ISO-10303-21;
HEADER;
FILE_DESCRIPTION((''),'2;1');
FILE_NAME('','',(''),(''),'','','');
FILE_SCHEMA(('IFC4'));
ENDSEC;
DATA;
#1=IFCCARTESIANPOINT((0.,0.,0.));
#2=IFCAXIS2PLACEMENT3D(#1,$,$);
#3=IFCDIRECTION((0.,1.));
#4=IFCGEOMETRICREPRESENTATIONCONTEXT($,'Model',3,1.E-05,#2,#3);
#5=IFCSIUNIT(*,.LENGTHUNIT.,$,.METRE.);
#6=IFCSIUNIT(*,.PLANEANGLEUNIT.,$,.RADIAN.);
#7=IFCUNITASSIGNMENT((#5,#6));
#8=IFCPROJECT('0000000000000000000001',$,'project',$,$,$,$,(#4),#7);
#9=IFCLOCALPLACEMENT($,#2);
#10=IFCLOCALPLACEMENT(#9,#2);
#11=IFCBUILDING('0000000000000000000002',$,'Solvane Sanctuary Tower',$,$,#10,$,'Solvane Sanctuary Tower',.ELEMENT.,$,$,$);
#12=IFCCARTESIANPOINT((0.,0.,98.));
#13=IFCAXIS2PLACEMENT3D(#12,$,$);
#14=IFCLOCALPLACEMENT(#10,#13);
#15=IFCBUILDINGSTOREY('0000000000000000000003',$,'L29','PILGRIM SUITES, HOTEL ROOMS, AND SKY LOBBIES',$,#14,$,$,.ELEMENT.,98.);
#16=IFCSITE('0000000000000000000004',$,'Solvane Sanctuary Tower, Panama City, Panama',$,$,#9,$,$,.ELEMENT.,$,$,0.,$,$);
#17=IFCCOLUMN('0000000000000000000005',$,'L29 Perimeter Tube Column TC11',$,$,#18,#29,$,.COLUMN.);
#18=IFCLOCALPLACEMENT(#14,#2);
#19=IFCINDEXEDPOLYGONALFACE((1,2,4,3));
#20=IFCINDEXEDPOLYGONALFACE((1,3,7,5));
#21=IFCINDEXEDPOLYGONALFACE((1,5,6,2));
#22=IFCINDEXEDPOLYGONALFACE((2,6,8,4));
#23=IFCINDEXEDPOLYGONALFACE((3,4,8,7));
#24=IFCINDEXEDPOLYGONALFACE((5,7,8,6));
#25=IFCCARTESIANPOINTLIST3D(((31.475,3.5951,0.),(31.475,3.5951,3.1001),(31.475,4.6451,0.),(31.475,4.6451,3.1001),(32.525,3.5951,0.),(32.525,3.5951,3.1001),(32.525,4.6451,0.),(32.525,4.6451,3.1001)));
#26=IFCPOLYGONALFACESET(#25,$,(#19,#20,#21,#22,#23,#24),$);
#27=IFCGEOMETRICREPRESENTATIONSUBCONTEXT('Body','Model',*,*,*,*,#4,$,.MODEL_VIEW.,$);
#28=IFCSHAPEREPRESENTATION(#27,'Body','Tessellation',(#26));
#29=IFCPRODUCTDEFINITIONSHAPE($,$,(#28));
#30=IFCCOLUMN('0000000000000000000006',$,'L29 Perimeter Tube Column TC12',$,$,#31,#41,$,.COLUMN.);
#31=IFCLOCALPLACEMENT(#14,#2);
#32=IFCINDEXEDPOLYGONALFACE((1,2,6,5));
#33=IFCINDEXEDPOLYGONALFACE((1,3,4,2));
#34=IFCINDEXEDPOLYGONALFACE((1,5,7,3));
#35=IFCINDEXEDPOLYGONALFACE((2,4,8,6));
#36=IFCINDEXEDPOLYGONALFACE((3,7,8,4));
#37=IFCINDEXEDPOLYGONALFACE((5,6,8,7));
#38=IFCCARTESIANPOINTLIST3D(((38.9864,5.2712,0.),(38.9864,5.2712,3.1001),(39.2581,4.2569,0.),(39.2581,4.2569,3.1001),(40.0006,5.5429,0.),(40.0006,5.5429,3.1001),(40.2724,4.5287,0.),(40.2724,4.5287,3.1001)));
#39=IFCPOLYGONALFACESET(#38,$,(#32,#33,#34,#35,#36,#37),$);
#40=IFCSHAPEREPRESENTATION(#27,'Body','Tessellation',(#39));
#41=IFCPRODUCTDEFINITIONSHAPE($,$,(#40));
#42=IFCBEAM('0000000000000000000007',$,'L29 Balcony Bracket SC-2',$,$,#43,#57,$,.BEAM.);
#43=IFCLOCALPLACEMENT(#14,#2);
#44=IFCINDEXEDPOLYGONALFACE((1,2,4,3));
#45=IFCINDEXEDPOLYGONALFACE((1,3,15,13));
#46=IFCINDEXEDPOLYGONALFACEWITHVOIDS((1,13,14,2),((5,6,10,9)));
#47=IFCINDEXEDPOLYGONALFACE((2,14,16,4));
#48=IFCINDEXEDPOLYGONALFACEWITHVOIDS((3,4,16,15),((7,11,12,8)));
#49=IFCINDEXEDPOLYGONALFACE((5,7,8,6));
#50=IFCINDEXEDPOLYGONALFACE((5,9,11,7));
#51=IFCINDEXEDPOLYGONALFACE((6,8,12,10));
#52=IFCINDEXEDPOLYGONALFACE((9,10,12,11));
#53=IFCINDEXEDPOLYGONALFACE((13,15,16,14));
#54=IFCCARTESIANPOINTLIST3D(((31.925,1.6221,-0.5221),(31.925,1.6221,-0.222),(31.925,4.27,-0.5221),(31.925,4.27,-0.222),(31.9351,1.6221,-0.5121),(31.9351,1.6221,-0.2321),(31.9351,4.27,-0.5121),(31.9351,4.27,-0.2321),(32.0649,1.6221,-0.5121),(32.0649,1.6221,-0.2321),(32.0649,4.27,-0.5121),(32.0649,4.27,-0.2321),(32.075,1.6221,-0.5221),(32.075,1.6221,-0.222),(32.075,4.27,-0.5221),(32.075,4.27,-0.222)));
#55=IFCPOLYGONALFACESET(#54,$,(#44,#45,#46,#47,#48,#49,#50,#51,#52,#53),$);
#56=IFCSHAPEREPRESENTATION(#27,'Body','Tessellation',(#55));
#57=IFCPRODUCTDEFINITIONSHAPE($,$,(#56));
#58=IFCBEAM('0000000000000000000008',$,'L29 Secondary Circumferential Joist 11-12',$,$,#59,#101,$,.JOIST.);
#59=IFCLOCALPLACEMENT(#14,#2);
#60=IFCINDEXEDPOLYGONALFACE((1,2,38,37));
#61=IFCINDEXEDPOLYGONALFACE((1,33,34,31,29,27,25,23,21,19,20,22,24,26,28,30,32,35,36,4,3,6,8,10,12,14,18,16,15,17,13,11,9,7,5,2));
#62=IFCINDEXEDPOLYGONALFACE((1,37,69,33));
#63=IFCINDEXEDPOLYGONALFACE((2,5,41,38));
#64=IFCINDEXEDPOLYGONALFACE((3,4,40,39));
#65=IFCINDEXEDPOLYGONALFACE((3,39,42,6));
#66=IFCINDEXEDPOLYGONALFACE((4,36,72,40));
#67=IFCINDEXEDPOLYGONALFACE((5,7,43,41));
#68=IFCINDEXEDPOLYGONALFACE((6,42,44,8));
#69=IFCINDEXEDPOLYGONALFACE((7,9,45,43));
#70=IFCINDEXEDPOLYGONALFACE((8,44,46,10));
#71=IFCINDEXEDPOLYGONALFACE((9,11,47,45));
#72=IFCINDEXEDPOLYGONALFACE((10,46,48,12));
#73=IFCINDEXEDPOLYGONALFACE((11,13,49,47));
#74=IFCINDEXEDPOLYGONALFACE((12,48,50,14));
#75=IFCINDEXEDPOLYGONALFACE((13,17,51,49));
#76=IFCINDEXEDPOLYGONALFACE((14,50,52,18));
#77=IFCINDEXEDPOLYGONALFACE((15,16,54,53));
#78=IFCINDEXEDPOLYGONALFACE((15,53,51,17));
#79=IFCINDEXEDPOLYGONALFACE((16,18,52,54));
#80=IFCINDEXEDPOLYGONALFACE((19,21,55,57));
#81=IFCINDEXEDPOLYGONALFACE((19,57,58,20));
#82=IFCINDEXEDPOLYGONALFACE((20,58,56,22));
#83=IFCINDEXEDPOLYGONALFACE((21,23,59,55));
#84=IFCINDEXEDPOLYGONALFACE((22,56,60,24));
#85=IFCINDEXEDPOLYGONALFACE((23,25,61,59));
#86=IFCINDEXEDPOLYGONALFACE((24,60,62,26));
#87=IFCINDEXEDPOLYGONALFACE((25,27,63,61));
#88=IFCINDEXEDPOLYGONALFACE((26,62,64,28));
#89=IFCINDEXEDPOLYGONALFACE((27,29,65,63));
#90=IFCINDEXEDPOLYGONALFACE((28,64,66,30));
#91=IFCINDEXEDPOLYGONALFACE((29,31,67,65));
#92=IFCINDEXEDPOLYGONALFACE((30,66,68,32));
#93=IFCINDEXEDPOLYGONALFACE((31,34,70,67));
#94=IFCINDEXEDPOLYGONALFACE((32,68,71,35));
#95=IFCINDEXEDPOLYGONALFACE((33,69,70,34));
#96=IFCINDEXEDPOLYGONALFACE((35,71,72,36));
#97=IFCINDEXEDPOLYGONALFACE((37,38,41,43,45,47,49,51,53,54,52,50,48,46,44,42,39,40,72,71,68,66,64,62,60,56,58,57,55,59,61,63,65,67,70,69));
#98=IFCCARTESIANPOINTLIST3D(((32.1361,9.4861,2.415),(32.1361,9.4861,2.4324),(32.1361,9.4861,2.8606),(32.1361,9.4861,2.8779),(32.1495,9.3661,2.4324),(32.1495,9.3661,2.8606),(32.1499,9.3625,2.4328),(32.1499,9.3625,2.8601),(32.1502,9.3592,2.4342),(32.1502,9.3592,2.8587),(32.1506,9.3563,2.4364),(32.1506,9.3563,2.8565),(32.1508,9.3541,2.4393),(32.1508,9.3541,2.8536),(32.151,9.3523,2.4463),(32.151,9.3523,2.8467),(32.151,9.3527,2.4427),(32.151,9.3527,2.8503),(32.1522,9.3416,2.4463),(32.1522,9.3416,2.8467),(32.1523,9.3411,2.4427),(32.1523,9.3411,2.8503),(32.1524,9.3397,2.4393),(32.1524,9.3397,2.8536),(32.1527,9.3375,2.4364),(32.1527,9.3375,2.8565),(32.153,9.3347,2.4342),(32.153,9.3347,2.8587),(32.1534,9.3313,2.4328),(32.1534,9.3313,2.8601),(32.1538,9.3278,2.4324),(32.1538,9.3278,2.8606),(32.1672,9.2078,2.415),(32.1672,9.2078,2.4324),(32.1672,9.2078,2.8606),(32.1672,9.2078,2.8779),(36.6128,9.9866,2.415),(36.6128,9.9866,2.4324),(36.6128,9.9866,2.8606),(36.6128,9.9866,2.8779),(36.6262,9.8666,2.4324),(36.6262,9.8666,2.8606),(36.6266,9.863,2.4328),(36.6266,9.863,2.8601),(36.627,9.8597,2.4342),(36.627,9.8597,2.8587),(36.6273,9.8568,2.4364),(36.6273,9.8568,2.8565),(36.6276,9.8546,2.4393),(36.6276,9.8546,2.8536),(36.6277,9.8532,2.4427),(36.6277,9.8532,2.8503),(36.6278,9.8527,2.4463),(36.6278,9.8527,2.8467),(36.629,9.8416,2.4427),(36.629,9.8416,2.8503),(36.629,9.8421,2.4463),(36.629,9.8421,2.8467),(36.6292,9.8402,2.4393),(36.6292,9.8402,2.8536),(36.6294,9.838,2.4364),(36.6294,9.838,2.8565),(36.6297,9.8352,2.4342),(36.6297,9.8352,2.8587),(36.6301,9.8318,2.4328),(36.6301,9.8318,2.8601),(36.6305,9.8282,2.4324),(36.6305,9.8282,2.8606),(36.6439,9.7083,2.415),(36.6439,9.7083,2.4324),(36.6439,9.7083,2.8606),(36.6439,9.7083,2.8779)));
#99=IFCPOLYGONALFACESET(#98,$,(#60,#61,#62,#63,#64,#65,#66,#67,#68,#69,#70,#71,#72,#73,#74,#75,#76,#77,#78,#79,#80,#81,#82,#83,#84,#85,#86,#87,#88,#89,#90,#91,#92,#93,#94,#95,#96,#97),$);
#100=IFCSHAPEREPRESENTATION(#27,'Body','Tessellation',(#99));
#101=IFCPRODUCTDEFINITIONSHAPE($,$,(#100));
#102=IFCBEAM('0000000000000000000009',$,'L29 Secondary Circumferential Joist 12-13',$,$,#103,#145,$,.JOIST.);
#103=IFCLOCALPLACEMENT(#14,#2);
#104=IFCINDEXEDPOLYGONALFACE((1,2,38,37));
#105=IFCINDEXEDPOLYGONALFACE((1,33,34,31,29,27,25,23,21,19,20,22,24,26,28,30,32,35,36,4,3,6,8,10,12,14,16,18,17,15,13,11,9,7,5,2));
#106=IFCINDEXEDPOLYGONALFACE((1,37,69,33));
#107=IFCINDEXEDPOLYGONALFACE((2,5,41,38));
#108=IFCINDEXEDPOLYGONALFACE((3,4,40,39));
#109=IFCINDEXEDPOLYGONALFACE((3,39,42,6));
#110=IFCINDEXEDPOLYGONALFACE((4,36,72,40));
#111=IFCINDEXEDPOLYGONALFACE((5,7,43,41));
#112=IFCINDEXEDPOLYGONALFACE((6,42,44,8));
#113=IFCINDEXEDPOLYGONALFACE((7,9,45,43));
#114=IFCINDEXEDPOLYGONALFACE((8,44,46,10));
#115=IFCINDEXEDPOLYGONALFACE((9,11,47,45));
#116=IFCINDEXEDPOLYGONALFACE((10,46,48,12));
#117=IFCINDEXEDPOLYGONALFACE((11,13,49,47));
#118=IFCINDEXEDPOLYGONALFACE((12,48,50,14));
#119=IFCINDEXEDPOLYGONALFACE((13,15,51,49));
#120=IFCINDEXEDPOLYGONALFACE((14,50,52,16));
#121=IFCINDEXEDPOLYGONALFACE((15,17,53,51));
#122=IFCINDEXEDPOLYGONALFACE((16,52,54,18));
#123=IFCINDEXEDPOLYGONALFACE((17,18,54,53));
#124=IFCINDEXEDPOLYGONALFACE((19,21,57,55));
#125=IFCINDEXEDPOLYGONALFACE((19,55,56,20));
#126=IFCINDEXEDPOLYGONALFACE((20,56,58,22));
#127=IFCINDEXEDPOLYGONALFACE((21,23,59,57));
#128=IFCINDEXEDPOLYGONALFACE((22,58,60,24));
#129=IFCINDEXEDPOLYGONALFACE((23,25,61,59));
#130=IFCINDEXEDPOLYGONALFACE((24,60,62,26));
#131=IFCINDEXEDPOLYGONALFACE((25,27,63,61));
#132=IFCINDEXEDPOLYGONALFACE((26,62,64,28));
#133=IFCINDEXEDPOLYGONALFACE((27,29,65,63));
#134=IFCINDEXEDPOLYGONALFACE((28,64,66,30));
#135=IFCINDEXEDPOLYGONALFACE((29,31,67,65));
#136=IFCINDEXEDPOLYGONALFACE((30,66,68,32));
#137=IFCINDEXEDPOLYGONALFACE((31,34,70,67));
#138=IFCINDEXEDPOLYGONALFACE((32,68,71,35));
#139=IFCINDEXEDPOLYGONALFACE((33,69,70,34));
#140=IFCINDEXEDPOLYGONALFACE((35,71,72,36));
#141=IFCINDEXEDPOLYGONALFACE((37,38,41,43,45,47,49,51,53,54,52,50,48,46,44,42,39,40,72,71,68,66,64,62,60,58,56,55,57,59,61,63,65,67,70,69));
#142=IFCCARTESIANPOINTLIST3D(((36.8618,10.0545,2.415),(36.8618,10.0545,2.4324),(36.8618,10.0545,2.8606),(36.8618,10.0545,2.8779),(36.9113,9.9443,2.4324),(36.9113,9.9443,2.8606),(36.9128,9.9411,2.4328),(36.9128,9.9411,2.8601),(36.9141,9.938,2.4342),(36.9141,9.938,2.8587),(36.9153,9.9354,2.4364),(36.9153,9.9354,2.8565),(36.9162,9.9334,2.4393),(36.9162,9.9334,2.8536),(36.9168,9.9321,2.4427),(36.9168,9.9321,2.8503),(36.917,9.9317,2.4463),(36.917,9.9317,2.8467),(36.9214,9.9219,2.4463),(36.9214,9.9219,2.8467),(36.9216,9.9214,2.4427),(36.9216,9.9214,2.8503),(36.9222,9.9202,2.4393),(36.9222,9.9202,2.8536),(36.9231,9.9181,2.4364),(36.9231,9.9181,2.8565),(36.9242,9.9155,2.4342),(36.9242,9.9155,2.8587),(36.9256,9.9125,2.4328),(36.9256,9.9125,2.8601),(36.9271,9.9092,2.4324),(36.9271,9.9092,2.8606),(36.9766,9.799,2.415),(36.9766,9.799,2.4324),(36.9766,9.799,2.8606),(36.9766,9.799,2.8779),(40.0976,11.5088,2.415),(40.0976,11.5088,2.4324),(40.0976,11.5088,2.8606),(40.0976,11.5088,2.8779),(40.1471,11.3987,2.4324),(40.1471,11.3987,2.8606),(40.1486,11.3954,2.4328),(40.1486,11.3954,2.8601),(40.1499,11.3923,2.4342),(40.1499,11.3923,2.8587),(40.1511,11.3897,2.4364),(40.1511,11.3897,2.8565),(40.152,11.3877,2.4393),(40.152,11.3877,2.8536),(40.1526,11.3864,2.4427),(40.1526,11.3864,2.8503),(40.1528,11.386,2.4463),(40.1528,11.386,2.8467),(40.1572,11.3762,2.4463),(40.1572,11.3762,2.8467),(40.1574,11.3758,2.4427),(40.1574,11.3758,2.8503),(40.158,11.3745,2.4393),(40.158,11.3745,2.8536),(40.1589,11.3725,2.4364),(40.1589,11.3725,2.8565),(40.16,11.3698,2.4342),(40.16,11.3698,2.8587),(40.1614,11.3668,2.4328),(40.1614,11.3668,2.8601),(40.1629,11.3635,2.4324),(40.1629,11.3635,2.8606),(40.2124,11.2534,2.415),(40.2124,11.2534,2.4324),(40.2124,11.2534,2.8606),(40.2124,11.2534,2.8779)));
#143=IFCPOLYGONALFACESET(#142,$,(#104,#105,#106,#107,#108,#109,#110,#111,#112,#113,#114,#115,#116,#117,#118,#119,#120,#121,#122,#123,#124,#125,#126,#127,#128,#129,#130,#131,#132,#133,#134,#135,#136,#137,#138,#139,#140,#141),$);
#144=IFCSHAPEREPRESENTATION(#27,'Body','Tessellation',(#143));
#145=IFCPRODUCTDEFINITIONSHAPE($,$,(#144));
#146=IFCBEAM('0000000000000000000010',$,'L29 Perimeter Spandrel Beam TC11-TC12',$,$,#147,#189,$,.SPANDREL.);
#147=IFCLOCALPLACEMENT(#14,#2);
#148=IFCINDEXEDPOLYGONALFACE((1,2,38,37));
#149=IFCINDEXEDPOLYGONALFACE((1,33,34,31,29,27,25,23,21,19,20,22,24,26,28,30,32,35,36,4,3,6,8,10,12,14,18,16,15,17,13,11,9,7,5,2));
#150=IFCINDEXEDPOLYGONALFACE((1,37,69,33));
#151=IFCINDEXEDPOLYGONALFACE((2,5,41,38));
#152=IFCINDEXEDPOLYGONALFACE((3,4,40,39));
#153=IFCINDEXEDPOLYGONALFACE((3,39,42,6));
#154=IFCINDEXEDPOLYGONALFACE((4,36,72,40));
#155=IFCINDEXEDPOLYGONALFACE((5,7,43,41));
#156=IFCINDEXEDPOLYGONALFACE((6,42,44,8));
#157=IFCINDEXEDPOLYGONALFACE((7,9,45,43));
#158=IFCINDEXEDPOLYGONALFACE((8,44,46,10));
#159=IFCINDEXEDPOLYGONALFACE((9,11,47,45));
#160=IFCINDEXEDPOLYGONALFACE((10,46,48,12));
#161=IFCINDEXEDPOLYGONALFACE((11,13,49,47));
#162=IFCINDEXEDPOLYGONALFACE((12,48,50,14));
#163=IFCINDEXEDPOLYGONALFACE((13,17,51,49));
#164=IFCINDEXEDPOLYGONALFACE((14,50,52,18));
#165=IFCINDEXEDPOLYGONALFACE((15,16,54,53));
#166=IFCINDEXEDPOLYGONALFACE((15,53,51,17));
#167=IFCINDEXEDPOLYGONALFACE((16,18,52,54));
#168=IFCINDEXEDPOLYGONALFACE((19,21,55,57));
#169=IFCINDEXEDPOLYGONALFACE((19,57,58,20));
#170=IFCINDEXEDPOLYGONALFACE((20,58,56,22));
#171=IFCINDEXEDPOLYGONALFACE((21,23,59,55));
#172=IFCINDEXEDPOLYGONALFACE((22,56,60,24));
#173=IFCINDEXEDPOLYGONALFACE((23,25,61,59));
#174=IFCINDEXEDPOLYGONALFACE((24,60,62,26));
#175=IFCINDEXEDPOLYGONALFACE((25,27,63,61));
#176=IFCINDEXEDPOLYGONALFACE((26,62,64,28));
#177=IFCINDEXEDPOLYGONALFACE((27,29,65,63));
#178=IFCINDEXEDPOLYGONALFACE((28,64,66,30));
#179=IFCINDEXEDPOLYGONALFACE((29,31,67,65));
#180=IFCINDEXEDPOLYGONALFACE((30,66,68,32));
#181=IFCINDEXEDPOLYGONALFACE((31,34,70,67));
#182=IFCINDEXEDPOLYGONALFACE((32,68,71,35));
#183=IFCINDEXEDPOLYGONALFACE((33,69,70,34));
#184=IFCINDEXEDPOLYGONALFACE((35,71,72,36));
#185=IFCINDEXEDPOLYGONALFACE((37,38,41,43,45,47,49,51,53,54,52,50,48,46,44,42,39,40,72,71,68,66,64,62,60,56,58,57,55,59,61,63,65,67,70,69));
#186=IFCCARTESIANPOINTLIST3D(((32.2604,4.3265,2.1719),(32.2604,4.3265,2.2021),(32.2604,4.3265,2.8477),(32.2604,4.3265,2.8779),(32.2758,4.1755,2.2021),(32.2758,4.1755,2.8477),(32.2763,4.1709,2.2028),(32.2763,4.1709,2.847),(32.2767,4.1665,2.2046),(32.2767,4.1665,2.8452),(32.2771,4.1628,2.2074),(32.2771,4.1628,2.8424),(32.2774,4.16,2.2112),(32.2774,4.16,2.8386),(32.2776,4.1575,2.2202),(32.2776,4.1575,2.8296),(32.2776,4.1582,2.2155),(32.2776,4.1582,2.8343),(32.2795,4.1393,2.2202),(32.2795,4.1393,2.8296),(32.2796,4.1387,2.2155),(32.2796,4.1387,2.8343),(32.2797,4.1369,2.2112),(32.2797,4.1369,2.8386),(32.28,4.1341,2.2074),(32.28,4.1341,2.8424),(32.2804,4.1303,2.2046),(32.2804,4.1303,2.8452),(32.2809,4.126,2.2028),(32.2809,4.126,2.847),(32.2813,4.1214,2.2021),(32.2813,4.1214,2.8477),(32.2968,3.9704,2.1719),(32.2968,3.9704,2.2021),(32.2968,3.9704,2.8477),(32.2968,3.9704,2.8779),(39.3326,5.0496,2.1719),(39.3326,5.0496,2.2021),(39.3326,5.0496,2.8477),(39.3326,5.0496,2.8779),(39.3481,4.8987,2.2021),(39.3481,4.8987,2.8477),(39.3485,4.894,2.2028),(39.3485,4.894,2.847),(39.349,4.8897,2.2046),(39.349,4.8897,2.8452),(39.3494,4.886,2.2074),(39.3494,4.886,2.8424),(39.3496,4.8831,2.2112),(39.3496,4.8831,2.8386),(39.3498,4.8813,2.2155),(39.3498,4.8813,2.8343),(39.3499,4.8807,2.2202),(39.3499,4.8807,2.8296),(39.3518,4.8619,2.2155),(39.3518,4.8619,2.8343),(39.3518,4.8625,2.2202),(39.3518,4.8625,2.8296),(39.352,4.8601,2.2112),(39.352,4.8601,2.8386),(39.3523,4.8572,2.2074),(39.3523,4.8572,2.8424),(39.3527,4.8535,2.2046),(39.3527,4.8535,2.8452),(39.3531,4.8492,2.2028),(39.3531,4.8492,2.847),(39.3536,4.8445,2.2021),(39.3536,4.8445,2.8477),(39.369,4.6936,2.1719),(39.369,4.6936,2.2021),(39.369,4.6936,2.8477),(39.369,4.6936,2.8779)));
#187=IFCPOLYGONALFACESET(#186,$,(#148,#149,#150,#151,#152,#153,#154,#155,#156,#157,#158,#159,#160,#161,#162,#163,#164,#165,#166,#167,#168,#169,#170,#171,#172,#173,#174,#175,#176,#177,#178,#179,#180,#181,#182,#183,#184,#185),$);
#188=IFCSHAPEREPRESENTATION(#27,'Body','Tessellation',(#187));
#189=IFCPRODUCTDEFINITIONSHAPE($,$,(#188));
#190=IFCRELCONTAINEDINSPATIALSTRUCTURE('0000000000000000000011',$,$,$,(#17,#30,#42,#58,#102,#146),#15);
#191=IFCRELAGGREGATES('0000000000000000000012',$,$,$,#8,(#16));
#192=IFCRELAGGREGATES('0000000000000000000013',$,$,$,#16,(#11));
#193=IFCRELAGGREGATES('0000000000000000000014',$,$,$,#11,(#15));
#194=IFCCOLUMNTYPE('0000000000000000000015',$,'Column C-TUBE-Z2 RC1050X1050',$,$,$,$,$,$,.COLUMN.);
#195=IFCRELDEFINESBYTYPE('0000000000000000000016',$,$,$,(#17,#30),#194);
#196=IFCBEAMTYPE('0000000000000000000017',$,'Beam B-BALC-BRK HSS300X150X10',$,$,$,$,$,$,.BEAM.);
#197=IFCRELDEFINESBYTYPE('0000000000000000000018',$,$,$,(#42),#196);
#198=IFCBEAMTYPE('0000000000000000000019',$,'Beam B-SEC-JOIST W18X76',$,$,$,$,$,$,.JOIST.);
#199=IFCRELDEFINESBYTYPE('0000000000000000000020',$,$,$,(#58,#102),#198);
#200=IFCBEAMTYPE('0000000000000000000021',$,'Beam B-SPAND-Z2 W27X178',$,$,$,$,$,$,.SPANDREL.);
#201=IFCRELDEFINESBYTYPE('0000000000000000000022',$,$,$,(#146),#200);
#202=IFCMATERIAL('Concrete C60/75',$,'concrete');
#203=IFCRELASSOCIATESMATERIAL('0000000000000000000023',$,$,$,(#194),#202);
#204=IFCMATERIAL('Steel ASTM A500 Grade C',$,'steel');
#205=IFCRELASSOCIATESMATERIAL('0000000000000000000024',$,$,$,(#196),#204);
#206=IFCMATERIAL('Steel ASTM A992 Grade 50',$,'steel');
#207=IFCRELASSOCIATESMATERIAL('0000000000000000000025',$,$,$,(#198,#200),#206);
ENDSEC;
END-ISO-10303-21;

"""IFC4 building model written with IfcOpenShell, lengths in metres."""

from ifc_helpers import new_model, si_unit, direction, frame, origin, origin_2d, place, context, subcontext, project, spatial, rectangle, hollow_rectangle, i_section, extrude, material, material_profile, profile_set, type_object, element, save


model = new_model("IFC4")

# Units and contexts
model_context = context("Model", 3, precision=1e-05, world=origin(), true_north=direction((0.0, 1.0)))
body_context = subcontext(model_context, "Body", "Model", "MODEL_VIEW")
ifc_project = project(units=[si_unit("LENGTHUNIT", "METRE"), si_unit("PLANEANGLEUNIT", "RADIAN")], contexts=[model_context])

# Site, building, storey
site_placement = place(None, origin())
site = spatial("IfcSite", under=ifc_project, at=site_placement, Name="Solvane Sanctuary Tower, Panama City, Panama", CompositionType="ELEMENT", RefElevation=0.0)
building_placement = place(site_placement, origin())
building = spatial("IfcBuilding", under=site, at=building_placement, Name="Solvane Sanctuary Tower", LongName="Solvane Sanctuary Tower", CompositionType="ELEMENT")
storey_placement = place(building_placement, frame((0.0, 0.0, 98.0)))
storey = spatial("IfcBuildingStorey", under=building, at=storey_placement, Name="L29", Description="PILGRIM SUITES, HOTEL ROOMS, AND SKY LOBBIES", CompositionType="ELEMENT", Elevation=98.0)

# Columns
ifc_material_1 = material(Name="Concrete C60/75", Category="concrete")
ifc_material_profile_1 = material_profile(ifc_material_1, rectangle(XDim=1.05, YDim=1.05, at=origin_2d()), Name="RC1050X1050")
ifc_profile_set_1 = profile_set([ifc_material_profile_1], Name="Concrete C60/75")
column_type = type_object("IfcColumnType", Name="Column C-TUBE-Z2 RC1050X1050", PredefinedType="COLUMN", material=ifc_profile_set_1)
for number, where, z_axis, x_axis, name in (
    (1, (32.0, 4.1201, 0.0), (0.0, 0.0, 1.0), (0.0, -1.0, 0.0), "L29 Perimeter Tube Column TC11"),
    (2, (39.6294, 4.8999, 0.0), (0.0, 0.0, 1.0), (0.258819, -0.965926, 0.0), "L29 Perimeter Tube Column TC12"),
):
    element("IfcColumn", number, at=place(storey_placement, frame(where, z_axis=z_axis, x_axis=x_axis)), inside=storey, type_object=column_type, Name=name, PredefinedType="COLUMN", context=body_context, shape_type="SweptSolid", body=[
        extrude(rectangle(XDim=1.05, YDim=1.05, at=origin_2d()), origin(), (0.0, 0.0, 1.0), 3.1001),
    ])

# Beams
ifc_material_2 = material(Name="Steel ASTM A500 Grade C", Category="steel")
ifc_material_profile_2 = material_profile(ifc_material_2, hollow_rectangle(XDim=0.1499, YDim=0.3, WallThickness=0.01, at=origin_2d()), Name="HSS300X150X10")
ifc_profile_set_2 = profile_set([ifc_material_profile_2], Name="Steel ASTM A500 Grade C")
beam_type_1 = type_object("IfcBeamType", Name="Beam B-BALC-BRK HSS300X150X10", PredefinedType="BEAM", material=ifc_profile_set_2)
beam_1_placement = place(storey_placement, frame((32.0, 4.27, -0.3721), z_axis=(0.0, -1.0, 0.0), x_axis=(1.0, 0.0, 0.0)))
element("IfcBeam", 3, at=beam_1_placement, inside=storey, type_object=beam_type_1, Name="L29 Balcony Bracket SC-2", PredefinedType="BEAM", context=body_context, shape_type="SweptSolid", body=[
    extrude(hollow_rectangle(XDim=0.1499, YDim=0.3, WallThickness=0.01, at=origin_2d()), origin(), (0.0, 0.0, 1.0), 2.6479),
])
ifc_material_3 = material(Name="Steel ASTM A992 Grade 50", Category="steel")
ifc_material_profile_3 = material_profile(ifc_material_3, i_section(OverallWidth=0.28, OverallDepth=0.4629, WebThickness=0.0107, FlangeThickness=0.0173, FilletRadius=0.0139, at=origin_2d()), Name="W18X76")
ifc_profile_set_3 = profile_set([ifc_material_profile_3], Name="Steel ASTM A992 Grade 50")
beam_type_2 = type_object("IfcBeamType", Name="Beam B-SEC-JOIST W18X76", PredefinedType="JOIST", material=ifc_profile_set_3)
beam_2_placement = place(storey_placement, frame((32.1516, 9.3469, 2.6465), z_axis=(0.993809, 0.111104, 0.0), x_axis=(-0.111104, 0.993809, 0.0)))
element("IfcBeam", 4, at=beam_2_placement, inside=storey, type_object=beam_type_2, Name="L29 Secondary Circumferential Joist 11-12", PredefinedType="JOIST", context=body_context, shape_type="SweptSolid", body=[
    extrude(i_section(OverallWidth=0.28, OverallDepth=0.4629, WebThickness=0.0107, FlangeThickness=0.0173, FilletRadius=0.0139, at=origin_2d()), origin(), (0.0, 0.0, 1.0), 4.5046),
])
beam_3_placement = place(storey_placement, frame((36.9192, 9.9268, 2.6465), z_axis=(0.912109, 0.409947, 0.0), x_axis=(-0.409947, 0.912109, 0.0)))
element("IfcBeam", 5, at=beam_3_placement, inside=storey, type_object=beam_type_2, Name="L29 Secondary Circumferential Joist 12-13", PredefinedType="JOIST", context=body_context, shape_type="SweptSolid", body=[
    extrude(i_section(OverallWidth=0.28, OverallDepth=0.4629, WebThickness=0.0107, FlangeThickness=0.0173, FilletRadius=0.0139, at=origin_2d()), origin(), (0.0, 0.0, 1.0), 3.5476),
])
ifc_material_profile_4 = material_profile(ifc_material_3, i_section(OverallWidth=0.3579, OverallDepth=0.7061, WebThickness=0.0183, FlangeThickness=0.0303, FilletRadius=0.0181, at=origin_2d()), Name="W27X178")
ifc_profile_set_4 = profile_set([ifc_material_profile_4], Name="Steel ASTM A992 Grade 50")
beam_type_3 = type_object("IfcBeamType", Name="Beam B-SPAND-Z2 W27X178", PredefinedType="SPANDREL", material=ifc_profile_set_4)
beam_4_placement = place(storey_placement, frame((32.2786, 4.1484, 2.5249), z_axis=(0.994813, 0.10172, 0.0), x_axis=(-0.10172, 0.994813, 0.0)))
element("IfcBeam", 6, at=beam_4_placement, inside=storey, type_object=beam_type_3, Name="L29 Perimeter Spandrel Beam TC11-TC12", PredefinedType="SPANDREL", context=body_context, shape_type="SweptSolid", body=[
    extrude(i_section(OverallWidth=0.3579, OverallDepth=0.7061, WebThickness=0.0183, FlangeThickness=0.0303, FilletRadius=0.0181, at=origin_2d()), origin(), (0.0, 0.0, 1.0), 7.1091),
])

save(model, "model.ifc")
